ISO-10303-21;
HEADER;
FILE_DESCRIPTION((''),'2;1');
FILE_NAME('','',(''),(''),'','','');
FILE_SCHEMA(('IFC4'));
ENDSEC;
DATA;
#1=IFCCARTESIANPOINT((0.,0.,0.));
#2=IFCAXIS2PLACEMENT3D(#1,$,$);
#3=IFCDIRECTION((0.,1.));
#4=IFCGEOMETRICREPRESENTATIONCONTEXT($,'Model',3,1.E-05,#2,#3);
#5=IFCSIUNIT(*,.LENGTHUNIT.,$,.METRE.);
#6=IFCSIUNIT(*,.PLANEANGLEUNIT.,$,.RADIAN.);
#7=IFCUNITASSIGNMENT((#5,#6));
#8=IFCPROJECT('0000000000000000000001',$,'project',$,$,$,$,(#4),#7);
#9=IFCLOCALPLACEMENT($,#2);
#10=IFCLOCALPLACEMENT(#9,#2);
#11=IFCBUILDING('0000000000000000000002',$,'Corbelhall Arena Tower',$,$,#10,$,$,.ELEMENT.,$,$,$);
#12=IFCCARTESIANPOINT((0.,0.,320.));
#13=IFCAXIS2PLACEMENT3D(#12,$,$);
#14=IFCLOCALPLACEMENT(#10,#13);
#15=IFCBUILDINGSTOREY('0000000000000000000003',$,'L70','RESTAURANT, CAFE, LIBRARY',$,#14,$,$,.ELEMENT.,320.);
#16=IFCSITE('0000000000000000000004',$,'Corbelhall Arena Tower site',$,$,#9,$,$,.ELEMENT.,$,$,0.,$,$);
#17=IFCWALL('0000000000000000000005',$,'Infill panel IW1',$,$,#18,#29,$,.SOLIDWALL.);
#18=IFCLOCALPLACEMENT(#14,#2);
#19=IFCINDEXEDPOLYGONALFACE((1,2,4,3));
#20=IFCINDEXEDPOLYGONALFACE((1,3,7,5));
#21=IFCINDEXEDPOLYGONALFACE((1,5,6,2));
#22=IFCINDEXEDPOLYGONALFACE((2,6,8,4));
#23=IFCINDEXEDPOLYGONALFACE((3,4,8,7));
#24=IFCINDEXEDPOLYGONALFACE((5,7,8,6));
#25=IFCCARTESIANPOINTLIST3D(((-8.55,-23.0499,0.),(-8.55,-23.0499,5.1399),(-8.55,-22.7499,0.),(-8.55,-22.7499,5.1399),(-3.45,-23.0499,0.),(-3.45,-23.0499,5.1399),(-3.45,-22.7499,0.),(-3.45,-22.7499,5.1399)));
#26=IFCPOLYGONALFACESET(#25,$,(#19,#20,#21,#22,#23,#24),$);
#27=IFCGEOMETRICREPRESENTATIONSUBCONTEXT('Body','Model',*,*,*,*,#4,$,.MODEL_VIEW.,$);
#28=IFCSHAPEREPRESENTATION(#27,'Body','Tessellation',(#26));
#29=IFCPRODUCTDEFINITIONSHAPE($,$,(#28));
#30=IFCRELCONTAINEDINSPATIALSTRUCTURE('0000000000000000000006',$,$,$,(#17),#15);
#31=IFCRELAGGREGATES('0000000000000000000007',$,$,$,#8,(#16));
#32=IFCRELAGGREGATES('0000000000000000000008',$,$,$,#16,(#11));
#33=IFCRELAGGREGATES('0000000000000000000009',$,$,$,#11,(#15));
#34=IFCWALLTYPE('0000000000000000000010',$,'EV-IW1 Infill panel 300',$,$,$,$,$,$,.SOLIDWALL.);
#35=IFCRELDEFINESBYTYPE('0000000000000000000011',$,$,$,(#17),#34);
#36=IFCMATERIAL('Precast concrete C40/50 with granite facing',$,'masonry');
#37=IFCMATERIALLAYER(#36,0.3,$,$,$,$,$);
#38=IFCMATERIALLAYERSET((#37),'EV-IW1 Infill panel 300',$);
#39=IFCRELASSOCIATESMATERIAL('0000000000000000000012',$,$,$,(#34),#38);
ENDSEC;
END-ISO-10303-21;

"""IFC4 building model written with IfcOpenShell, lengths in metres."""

from ifc_helpers import new_model, si_unit, direction, frame, frame_2d, origin, place, context, subcontext, project, spatial, rectangle, extrude, material, layer, layer_set, type_object, element, save


model = new_model("IFC4")

# Units and contexts
model_context = context("Model", 3, precision=1e-05, world=origin(), true_north=direction((0.0, 1.0)))
body_context = subcontext(model_context, "Body", "Model", "MODEL_VIEW")
ifc_project = project(units=[si_unit("LENGTHUNIT", "METRE"), si_unit("PLANEANGLEUNIT", "RADIAN")], contexts=[model_context])

# Site, building, storey
site_placement = place(None, origin())
site = spatial("IfcSite", under=ifc_project, at=site_placement, Name="Corbelhall Arena Tower site", CompositionType="ELEMENT", RefElevation=0.0)
building_placement = place(site_placement, origin())
building = spatial("IfcBuilding", under=site, at=building_placement, Name="Corbelhall Arena Tower", CompositionType="ELEMENT")
storey_placement = place(building_placement, frame((0.0, 0.0, 320.0)))
storey = spatial("IfcBuildingStorey", under=building, at=storey_placement, Name="L70", Description="RESTAURANT, CAFE, LIBRARY", CompositionType="ELEMENT", Elevation=320.0)

# Wall
ifc_material_1 = material(Name="Precast concrete C40/50 with granite facing", Category="masonry")
ifc_layer_1 = layer(ifc_material_1, 0.3)
ifc_layer_set_1 = layer_set([ifc_layer_1], Name="EV-IW1 Infill panel 300")
wall_type_1 = type_object("IfcWallType", Name="EV-IW1 Infill panel 300", PredefinedType="SOLIDWALL", material=ifc_layer_set_1)
wall_1_placement = place(storey_placement, frame((-8.55, -22.8999, 0.0), z_axis=(0.0, 0.0, 1.0), x_axis=(1.0, 0.0, 0.0)))
element("IfcWall", 1, at=wall_1_placement, inside=storey, type_object=wall_type_1, Name="Infill panel IW1", PredefinedType="SOLIDWALL", context=body_context, shape_type="SweptSolid", body=[
    extrude(rectangle(XDim=5.1001, YDim=0.3, at=frame_2d((2.55, 0.0))), origin(), (0.0, 0.0, 1.0), 5.1399),
])

save(model, "model.ifc")
